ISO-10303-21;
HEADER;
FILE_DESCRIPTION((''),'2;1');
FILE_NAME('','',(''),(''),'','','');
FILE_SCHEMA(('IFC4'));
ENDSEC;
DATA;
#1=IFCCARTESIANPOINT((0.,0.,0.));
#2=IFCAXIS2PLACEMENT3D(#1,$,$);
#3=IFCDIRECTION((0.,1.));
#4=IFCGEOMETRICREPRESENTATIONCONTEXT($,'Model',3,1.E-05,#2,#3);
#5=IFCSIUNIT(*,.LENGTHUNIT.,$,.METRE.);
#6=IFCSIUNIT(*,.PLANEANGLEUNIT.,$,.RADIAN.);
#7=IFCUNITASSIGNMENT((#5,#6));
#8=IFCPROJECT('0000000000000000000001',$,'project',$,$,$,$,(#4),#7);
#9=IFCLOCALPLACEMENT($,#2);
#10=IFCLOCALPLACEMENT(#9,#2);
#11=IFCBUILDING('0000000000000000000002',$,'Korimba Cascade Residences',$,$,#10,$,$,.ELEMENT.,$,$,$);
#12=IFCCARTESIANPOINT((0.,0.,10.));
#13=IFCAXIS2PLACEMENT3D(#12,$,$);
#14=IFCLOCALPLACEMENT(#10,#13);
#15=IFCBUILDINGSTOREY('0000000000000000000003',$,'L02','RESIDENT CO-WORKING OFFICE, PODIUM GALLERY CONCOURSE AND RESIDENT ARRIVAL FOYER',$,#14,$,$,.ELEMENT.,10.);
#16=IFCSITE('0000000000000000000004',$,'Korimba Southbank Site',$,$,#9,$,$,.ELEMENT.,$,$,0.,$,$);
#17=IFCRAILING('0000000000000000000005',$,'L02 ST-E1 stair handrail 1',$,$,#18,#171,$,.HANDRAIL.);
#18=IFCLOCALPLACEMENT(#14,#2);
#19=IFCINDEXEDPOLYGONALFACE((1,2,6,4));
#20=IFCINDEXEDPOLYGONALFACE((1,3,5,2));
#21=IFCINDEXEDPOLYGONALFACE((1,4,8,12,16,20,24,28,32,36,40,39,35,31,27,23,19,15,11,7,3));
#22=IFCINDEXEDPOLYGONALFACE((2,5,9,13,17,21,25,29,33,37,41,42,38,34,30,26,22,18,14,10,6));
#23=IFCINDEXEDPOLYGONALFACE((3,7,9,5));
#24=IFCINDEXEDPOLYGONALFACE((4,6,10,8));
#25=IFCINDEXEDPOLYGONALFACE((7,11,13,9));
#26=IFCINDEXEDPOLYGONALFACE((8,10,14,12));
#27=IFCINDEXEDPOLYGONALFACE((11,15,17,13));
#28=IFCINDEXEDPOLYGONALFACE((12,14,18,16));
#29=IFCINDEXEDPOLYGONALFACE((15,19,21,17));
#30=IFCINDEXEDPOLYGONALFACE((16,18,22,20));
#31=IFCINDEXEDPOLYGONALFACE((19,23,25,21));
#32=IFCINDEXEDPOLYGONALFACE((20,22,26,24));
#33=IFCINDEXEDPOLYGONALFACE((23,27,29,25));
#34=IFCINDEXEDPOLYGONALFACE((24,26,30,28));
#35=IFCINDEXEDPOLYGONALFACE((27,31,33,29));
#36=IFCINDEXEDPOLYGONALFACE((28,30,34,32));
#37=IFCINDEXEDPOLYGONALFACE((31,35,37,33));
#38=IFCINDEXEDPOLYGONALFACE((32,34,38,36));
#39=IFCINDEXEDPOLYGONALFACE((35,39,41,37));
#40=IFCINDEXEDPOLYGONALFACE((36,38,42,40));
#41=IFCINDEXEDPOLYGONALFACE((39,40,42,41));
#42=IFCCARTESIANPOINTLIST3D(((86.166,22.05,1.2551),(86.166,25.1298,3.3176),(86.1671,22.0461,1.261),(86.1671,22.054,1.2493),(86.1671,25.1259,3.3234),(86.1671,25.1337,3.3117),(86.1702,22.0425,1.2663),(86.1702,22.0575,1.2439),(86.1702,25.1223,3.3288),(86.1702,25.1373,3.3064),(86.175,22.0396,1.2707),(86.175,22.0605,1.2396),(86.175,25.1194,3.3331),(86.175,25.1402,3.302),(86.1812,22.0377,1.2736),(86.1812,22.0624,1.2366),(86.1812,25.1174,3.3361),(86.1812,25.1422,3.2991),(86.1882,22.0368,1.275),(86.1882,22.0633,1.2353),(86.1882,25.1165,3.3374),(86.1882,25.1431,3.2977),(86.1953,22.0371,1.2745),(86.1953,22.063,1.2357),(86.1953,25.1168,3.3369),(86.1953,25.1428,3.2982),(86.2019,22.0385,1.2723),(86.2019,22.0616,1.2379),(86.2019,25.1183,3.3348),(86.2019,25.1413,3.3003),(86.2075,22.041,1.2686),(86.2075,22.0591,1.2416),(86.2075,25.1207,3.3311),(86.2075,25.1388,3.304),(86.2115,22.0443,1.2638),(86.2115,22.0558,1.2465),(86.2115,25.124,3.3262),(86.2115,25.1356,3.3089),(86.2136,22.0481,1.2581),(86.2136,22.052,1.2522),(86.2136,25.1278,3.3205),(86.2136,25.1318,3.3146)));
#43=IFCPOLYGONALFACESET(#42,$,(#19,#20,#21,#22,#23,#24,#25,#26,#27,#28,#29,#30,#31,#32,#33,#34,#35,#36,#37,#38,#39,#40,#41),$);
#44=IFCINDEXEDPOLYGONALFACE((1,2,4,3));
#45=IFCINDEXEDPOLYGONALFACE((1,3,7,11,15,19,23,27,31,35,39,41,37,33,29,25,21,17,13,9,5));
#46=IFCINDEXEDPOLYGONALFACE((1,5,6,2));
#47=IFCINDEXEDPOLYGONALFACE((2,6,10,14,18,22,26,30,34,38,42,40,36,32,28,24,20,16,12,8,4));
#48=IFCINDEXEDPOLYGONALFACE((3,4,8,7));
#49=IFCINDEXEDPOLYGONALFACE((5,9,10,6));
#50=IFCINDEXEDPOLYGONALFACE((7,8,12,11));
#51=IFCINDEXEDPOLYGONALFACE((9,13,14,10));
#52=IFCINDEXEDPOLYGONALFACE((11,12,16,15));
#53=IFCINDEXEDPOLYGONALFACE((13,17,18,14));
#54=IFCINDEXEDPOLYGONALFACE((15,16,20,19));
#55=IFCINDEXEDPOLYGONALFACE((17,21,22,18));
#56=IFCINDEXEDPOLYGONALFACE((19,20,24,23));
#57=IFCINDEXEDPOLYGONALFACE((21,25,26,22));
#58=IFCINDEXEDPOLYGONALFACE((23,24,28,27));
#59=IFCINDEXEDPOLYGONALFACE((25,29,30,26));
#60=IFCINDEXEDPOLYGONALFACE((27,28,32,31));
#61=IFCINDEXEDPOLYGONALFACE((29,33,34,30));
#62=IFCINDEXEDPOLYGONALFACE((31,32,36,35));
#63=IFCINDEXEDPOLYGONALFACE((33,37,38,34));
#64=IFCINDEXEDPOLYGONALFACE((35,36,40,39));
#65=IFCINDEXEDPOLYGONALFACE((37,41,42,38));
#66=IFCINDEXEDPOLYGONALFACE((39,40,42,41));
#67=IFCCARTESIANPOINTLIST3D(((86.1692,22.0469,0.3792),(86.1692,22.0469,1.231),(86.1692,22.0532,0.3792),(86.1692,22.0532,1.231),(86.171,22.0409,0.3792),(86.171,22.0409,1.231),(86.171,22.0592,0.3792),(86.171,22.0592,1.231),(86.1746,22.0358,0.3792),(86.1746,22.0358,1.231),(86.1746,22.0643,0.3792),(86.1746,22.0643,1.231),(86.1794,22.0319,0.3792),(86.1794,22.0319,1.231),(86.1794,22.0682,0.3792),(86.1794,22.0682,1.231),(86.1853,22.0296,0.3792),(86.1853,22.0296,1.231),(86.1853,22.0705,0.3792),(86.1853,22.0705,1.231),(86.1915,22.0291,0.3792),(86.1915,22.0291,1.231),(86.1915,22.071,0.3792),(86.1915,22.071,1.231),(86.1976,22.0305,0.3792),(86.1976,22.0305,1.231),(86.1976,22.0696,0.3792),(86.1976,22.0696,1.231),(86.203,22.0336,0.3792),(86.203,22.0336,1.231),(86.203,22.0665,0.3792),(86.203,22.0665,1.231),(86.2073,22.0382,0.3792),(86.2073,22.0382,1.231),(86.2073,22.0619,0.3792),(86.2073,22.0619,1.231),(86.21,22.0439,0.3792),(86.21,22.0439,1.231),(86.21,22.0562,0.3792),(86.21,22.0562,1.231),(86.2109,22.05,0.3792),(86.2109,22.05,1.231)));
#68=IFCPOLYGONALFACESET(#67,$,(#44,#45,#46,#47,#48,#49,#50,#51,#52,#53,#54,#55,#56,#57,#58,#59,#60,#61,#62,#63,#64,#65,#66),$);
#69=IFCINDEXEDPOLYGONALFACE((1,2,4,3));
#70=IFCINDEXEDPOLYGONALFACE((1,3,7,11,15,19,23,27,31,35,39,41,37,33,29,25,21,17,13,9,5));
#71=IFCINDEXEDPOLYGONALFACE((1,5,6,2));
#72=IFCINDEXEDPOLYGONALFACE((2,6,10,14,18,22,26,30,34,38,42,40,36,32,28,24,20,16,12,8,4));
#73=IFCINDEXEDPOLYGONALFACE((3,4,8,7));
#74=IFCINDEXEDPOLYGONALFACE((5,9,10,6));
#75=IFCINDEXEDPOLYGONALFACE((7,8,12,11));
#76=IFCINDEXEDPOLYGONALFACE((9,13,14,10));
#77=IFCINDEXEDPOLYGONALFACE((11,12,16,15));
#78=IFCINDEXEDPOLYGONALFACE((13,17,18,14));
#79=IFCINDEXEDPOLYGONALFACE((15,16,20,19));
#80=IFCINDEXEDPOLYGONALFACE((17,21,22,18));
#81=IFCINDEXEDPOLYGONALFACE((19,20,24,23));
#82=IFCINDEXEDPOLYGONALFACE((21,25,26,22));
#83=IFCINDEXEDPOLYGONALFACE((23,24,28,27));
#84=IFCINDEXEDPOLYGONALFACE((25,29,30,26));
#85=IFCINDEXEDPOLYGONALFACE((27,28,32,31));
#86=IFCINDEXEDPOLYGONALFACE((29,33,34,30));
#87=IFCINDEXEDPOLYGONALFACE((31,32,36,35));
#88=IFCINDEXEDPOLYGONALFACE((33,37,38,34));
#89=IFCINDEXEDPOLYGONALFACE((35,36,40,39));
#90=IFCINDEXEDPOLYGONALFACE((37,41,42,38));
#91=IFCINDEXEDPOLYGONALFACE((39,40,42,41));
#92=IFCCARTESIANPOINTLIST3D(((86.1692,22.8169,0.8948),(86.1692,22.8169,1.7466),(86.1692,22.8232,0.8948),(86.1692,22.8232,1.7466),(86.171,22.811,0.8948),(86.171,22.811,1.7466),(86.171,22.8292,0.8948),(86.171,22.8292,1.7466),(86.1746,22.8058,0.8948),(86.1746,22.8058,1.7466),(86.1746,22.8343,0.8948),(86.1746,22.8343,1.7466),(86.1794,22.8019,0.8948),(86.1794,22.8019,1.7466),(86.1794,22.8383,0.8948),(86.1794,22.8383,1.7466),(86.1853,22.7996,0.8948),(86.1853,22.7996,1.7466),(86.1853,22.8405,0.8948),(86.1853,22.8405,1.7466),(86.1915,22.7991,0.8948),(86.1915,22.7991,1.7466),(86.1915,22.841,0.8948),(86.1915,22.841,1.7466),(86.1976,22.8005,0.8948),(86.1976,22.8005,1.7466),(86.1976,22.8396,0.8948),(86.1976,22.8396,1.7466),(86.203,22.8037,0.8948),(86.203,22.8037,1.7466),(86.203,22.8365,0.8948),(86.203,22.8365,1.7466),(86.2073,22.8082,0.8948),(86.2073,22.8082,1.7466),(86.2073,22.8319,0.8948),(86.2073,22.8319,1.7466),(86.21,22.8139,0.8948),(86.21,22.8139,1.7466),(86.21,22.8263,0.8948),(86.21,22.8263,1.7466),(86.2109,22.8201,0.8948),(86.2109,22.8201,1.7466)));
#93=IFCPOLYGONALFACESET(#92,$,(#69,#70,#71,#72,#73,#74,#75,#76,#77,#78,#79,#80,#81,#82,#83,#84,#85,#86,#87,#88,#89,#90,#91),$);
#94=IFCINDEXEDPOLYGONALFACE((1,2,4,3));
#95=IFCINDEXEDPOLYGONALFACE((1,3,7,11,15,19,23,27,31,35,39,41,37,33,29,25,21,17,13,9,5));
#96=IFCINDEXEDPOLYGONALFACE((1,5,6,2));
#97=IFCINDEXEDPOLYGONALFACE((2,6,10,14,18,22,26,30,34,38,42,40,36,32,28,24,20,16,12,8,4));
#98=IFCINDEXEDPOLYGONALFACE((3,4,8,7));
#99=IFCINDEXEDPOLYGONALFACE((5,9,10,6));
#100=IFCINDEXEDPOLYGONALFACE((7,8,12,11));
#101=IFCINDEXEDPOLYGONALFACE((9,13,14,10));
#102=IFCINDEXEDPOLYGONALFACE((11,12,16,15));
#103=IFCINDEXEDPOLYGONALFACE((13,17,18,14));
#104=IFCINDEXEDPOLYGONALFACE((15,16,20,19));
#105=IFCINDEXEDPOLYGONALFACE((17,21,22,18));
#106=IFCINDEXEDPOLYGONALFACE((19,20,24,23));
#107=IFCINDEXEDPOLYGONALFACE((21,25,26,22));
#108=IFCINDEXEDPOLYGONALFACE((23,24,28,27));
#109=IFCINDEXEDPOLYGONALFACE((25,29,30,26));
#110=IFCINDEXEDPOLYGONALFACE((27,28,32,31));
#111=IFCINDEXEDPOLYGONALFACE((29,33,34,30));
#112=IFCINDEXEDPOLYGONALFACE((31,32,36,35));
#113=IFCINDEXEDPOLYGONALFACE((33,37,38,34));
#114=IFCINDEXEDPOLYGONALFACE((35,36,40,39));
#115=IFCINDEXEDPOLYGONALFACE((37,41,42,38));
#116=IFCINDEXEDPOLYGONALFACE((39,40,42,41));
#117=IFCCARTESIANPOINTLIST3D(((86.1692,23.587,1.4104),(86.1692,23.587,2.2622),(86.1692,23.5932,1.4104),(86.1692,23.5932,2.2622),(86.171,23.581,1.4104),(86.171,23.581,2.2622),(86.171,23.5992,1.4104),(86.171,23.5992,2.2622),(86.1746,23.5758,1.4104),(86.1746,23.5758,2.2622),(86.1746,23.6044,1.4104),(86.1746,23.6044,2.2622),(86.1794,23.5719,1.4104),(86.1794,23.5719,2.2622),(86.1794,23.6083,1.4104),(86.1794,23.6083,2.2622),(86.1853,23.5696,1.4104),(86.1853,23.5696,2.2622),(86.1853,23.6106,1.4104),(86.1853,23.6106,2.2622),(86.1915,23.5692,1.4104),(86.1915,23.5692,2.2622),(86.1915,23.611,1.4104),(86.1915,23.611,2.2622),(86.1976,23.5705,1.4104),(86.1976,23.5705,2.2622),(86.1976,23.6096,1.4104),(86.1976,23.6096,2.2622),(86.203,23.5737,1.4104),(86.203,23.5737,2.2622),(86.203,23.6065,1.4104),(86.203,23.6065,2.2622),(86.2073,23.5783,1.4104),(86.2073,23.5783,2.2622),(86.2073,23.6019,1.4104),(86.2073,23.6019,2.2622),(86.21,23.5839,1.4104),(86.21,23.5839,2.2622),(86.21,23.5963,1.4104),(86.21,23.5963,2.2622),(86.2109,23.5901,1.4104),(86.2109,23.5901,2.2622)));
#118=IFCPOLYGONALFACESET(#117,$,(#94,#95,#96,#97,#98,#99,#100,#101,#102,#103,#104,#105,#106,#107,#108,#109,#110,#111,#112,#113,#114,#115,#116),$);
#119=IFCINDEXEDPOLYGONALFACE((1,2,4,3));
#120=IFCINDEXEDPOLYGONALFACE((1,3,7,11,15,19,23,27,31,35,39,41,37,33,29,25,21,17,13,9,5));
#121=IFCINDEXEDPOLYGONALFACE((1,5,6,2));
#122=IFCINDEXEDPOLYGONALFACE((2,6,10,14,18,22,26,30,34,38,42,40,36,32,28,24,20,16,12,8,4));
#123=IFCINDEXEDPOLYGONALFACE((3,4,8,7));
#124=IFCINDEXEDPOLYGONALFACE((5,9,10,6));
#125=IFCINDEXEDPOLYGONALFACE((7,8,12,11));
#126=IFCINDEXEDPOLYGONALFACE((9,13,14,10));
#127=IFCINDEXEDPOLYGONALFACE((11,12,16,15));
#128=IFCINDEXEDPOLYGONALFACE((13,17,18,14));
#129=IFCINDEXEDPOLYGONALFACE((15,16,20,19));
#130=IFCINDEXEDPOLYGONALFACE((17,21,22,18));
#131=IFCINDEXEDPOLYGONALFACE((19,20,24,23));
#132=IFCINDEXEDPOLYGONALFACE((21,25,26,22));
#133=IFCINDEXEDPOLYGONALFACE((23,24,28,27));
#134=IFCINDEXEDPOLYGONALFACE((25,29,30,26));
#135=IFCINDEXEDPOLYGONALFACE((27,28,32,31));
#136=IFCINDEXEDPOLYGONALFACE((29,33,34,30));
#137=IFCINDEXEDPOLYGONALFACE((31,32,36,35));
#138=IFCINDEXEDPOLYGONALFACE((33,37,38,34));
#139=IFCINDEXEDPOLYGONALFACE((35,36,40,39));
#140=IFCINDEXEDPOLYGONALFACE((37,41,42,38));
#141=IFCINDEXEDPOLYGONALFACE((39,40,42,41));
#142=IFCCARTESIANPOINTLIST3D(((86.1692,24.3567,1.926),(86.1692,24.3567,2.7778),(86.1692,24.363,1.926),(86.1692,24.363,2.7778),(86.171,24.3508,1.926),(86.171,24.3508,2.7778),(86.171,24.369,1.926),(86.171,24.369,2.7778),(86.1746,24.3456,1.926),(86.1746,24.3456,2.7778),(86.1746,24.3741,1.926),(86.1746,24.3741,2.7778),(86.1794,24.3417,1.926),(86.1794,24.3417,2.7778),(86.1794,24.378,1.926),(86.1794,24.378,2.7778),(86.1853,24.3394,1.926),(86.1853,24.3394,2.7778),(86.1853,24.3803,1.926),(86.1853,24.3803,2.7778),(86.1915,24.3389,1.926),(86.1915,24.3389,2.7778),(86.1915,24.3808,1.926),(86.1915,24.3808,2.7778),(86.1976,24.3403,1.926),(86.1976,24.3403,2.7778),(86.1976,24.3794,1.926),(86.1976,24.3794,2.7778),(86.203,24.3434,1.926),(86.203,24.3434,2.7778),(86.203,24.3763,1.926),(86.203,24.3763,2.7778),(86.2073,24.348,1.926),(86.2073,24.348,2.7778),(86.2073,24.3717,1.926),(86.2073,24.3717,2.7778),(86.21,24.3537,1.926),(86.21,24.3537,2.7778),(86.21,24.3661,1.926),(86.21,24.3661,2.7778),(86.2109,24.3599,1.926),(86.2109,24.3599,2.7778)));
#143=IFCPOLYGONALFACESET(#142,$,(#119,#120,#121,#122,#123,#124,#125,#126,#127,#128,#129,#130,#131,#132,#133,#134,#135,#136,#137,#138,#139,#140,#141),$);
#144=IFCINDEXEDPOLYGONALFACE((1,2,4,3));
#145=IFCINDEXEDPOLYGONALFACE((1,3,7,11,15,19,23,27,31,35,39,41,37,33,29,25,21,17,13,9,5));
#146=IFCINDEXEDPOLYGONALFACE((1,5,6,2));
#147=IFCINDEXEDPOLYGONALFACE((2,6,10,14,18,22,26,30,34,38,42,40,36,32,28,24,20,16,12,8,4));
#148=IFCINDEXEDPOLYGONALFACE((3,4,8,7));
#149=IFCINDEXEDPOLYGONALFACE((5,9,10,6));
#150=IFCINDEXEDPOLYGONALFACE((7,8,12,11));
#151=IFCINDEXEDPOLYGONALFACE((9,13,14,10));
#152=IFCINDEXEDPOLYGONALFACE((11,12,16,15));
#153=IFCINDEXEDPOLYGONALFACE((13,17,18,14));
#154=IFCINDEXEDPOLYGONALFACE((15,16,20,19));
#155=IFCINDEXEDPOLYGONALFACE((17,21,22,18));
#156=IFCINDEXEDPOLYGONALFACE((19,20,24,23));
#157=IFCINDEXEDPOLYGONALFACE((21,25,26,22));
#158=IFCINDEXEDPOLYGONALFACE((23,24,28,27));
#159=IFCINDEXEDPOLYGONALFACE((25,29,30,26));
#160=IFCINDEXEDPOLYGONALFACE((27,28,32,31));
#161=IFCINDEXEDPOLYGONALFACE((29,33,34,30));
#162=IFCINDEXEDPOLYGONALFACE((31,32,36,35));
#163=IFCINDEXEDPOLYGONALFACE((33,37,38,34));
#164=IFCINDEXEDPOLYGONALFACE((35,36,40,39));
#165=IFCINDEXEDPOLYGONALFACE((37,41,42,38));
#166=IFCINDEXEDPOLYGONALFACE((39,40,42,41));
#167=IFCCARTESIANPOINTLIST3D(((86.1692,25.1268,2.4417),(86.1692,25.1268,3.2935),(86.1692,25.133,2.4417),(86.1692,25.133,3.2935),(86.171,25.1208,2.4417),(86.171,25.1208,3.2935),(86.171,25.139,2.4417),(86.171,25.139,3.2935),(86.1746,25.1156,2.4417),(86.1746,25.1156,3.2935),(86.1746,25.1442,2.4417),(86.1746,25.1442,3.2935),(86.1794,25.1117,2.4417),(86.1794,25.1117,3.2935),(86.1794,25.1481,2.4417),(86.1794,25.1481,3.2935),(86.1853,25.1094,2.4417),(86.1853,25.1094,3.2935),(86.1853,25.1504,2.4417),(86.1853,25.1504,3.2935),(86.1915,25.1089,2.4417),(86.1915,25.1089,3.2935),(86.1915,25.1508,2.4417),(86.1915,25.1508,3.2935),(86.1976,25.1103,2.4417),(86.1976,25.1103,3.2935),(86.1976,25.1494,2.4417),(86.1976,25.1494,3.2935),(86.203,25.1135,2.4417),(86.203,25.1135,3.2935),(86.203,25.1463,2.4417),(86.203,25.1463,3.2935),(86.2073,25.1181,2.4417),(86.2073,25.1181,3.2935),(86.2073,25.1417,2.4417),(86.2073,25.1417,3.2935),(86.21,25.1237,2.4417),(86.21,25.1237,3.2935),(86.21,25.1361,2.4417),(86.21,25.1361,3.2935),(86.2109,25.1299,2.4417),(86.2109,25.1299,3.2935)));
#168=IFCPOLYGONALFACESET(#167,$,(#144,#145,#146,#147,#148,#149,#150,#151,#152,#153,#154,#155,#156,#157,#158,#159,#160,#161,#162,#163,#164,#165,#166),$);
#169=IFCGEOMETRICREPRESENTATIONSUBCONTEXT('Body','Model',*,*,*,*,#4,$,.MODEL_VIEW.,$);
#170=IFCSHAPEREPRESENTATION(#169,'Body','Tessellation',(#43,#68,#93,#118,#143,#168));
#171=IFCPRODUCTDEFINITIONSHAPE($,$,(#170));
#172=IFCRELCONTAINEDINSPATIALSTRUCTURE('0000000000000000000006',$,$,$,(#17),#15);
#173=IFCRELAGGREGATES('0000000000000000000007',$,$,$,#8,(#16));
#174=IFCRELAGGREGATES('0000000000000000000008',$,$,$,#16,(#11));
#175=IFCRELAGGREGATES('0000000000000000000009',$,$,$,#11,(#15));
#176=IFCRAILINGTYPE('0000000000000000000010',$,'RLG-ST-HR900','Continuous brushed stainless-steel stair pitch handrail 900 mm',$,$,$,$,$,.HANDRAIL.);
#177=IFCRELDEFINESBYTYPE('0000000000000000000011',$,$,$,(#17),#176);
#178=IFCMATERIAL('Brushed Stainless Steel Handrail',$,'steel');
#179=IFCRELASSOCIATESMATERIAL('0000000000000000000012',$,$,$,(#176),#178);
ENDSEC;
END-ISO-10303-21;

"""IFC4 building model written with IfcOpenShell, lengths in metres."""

from ifc_helpers import new_model, si_unit, direction, frame, origin, origin_2d, place, context, subcontext, project, spatial, circle, extrude, material, type_object, element, save


model = new_model("IFC4")

# Units and contexts
model_context = context("Model", 3, precision=1e-05, world=origin(), true_north=direction((0.0, 1.0)))
body_context = subcontext(model_context, "Body", "Model", "MODEL_VIEW")
ifc_project = project(units=[si_unit("LENGTHUNIT", "METRE"), si_unit("PLANEANGLEUNIT", "RADIAN")], contexts=[model_context])

# Site, building, storey
site_placement = place(None, origin())
site = spatial("IfcSite", under=ifc_project, at=site_placement, Name="Korimba Southbank Site", CompositionType="ELEMENT", RefElevation=0.0)
building_placement = place(site_placement, origin())
building = spatial("IfcBuilding", under=site, at=building_placement, Name="Korimba Cascade Residences", CompositionType="ELEMENT")
storey_placement = place(building_placement, frame((0.0, 0.0, 10.0)))
storey = spatial("IfcBuildingStorey", under=building, at=storey_placement, Name="L02", Description="RESIDENT CO-WORKING OFFICE, PODIUM GALLERY CONCOURSE AND RESIDENT ARRIVAL FOYER", CompositionType="ELEMENT", Elevation=10.0)

# Railing
ifc_material_1 = material(Name="Brushed Stainless Steel Handrail", Category="steel")
railing_type_1 = type_object("IfcRailingType", Name="RLG-ST-HR900", Description="Continuous brushed stainless-steel stair pitch handrail 900 mm", PredefinedType="HANDRAIL", material=ifc_material_1)
railing_1_placement = place(storey_placement, frame((86.1899, 22.05, 0.3792)))
element("IfcRailing", 1, at=railing_1_placement, inside=storey, type_object=railing_type_1, Name="L02 ST-E1 stair handrail 1", PredefinedType="HANDRAIL", context=body_context, shape_type="SweptSolid", body=[
    extrude(circle(Radius=0.0239, at=origin_2d()), frame((0.0, 0.0, 0.876), z_axis=(0.0, 0.830893, 0.556432), x_axis=(-1.0, 0.0, 0.0)), (0.0, 0.0, 1.0), 3.7065),
    extrude(circle(Radius=0.021, at=origin_2d()), origin(), (0.0, 0.0, 1.0), 0.8518),
    extrude(circle(Radius=0.021, at=origin_2d()), frame((0.0, 0.77, 0.5156)), (0.0, 0.0, 1.0), 0.8518),
    extrude(circle(Radius=0.021, at=origin_2d()), frame((0.0, 1.54, 1.0312)), (0.0, 0.0, 1.0), 0.8518),
    extrude(circle(Radius=0.021, at=origin_2d()), frame((0.0, 2.3098, 1.5469)), (0.0, 0.0, 1.0), 0.8518),
    extrude(circle(Radius=0.021, at=origin_2d()), frame((0.0, 3.0798, 2.0625)), (0.0, 0.0, 1.0), 0.8518),
])

save(model, "model.ifc")
